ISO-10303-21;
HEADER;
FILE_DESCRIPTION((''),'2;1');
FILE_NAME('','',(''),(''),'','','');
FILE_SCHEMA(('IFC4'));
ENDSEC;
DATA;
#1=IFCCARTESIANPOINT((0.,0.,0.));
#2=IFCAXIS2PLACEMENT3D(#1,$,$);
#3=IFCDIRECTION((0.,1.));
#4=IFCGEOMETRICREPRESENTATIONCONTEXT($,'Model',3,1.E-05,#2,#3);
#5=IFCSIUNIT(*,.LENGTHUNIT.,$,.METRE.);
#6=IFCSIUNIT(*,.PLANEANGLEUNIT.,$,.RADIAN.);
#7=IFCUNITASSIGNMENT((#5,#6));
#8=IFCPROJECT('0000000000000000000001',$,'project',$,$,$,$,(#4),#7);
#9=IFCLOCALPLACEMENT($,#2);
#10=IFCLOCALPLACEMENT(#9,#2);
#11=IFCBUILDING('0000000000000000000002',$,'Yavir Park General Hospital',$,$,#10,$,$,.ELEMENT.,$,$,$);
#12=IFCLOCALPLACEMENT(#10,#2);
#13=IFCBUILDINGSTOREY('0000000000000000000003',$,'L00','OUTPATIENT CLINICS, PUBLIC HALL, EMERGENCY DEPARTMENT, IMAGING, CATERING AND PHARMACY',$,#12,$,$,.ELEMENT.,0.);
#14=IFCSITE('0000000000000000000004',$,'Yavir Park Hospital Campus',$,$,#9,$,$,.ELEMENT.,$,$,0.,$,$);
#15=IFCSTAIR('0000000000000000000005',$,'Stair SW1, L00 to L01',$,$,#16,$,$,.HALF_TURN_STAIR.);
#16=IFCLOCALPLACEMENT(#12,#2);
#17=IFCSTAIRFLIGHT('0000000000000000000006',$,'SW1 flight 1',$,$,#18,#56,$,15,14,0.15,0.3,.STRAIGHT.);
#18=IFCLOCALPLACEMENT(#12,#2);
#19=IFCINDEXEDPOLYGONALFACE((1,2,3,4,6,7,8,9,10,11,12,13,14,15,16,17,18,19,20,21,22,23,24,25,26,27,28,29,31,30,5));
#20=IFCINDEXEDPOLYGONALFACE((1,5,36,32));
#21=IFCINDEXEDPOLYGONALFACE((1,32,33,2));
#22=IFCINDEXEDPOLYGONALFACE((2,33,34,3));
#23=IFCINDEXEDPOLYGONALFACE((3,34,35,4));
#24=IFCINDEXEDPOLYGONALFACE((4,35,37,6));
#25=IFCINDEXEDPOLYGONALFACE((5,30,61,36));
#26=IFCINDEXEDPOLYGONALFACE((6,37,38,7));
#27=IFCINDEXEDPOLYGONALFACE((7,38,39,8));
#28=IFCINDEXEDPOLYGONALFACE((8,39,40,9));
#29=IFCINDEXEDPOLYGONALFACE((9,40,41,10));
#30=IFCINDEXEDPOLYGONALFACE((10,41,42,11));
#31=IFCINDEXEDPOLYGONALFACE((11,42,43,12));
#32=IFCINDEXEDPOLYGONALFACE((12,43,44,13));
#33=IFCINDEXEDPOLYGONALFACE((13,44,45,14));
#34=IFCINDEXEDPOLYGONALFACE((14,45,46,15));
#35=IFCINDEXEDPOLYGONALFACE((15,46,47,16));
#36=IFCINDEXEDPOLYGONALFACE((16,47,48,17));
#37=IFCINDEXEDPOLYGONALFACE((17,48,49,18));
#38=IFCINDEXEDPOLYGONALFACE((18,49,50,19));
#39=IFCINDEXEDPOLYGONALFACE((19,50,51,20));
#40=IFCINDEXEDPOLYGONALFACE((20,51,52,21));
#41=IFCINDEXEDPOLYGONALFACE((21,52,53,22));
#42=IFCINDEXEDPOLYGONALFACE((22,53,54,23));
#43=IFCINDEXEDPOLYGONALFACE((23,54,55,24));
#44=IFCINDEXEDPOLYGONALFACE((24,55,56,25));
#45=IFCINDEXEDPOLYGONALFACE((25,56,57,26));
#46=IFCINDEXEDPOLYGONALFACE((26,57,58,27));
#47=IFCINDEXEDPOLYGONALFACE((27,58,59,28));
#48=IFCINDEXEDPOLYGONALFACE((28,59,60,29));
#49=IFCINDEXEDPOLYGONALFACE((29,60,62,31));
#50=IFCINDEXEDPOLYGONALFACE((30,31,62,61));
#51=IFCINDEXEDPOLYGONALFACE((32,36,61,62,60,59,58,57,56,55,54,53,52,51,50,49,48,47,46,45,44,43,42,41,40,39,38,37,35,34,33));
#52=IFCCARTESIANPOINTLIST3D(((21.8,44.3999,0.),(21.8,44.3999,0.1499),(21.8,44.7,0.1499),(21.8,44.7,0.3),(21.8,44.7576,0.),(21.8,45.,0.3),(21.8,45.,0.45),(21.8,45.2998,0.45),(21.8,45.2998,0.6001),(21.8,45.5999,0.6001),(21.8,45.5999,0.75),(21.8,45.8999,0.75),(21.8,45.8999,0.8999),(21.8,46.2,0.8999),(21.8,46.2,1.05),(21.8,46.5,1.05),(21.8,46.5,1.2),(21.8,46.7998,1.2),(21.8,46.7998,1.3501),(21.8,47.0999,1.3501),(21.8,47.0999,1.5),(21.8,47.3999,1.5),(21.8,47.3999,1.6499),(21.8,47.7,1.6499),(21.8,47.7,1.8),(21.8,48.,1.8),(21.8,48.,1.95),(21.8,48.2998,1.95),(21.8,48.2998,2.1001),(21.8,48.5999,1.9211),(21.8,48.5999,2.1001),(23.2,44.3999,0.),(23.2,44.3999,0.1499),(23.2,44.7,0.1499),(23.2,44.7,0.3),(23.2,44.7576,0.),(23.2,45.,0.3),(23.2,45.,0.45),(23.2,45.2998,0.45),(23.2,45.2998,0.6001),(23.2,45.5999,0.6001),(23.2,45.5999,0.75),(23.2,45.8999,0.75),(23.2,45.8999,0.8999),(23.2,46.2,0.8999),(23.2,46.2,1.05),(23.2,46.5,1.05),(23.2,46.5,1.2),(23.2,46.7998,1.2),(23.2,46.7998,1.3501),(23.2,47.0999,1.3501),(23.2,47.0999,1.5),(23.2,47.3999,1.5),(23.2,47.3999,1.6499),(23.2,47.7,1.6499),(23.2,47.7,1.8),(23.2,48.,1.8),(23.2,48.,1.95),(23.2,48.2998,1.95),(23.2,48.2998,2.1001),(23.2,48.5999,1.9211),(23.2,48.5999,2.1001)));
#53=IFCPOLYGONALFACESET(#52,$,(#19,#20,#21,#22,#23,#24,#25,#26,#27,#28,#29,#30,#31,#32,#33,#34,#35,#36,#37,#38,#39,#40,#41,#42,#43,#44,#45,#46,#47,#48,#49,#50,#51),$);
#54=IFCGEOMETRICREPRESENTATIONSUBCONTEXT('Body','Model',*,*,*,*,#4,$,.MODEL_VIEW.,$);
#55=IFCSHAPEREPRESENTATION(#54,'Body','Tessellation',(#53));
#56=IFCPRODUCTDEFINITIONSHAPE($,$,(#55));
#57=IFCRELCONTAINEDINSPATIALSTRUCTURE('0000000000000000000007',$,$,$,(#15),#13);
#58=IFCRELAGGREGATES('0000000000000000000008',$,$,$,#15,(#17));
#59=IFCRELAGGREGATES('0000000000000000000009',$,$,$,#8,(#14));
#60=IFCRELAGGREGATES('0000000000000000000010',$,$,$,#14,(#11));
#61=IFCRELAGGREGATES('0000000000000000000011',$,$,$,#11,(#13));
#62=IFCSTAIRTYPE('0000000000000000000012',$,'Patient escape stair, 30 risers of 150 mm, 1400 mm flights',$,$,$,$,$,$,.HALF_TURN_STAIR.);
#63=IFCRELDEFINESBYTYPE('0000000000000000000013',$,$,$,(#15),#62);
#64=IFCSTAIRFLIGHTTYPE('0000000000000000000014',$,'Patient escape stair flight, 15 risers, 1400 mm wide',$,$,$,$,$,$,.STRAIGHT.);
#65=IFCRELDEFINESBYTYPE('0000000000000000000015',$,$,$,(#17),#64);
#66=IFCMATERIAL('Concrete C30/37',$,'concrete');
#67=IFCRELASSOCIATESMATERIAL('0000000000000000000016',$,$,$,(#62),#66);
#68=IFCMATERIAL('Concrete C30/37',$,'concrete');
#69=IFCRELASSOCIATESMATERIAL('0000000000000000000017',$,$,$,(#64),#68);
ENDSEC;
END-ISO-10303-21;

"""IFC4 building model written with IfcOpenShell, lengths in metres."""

from ifc_helpers import new_model, si_unit, direction, frame, origin, place, context, subcontext, project, spatial, polyline, outline, extrude, material, type_object, element, aggregate, save


model = new_model("IFC4")

# Units and contexts
model_context = context("Model", 3, precision=1e-05, world=origin(), true_north=direction((0.0, 1.0)))
body_context = subcontext(model_context, "Body", "Model", "MODEL_VIEW")
ifc_project = project(units=[si_unit("LENGTHUNIT", "METRE"), si_unit("PLANEANGLEUNIT", "RADIAN")], contexts=[model_context])

# Site, building, storey
site_placement = place(None, origin())
site = spatial("IfcSite", under=ifc_project, at=site_placement, Name="Yavir Park Hospital Campus", CompositionType="ELEMENT", RefElevation=0.0)
building_placement = place(site_placement, origin())
building = spatial("IfcBuilding", under=site, at=building_placement, Name="Yavir Park General Hospital", CompositionType="ELEMENT")
storey_placement = place(building_placement, origin())
storey = spatial("IfcBuildingStorey", under=building, at=storey_placement, Name="L00", Description="OUTPATIENT CLINICS, PUBLIC HALL, EMERGENCY DEPARTMENT, IMAGING, CATERING AND PHARMACY", CompositionType="ELEMENT", Elevation=0.0)

# Stair, stair flight
ifc_material_1 = material(Name="Concrete C30/37", Category="concrete")
stair_type = type_object("IfcStairType", Name="Patient escape stair, 30 risers of 150 mm, 1400 mm flights", PredefinedType="HALF_TURN_STAIR", material=ifc_material_1)
stair_placement = place(storey_placement, origin())
stair = element("IfcStair", 1, at=stair_placement, inside=storey, type_object=stair_type, Name="Stair SW1, L00 to L01", PredefinedType="HALF_TURN_STAIR")
ifc_material_2 = material(Name="Concrete C30/37", Category="concrete")
stair_flight_type = type_object("IfcStairFlightType", Name="Patient escape stair flight, 15 risers, 1400 mm wide", PredefinedType="STRAIGHT", material=ifc_material_2)
stair_flight_placement = place(storey_placement, frame((22.5, 44.3999, 0.0), z_axis=(0.0, 0.0, 1.0), x_axis=(0.0, 1.0, 0.0)))
stair_flight = element("IfcStairFlight", 2, at=stair_flight_placement, type_object=stair_flight_type, Name="SW1 flight 1", NumberOfRisers=15, NumberOfTreads=14, PredefinedType="STRAIGHT", RiserHeight=0.15, TreadLength=0.3, context=body_context, shape_type="SweptSolid", body=[
    extrude(outline(polyline([(0.0, 0.0), (0.0, 0.1499), (0.3, 0.1499), (0.3, 0.3), (0.6001, 0.3), (0.6001, 0.45), (0.8999, 0.45), (0.8999, 0.6001), (1.2, 0.6001), (1.2, 0.75), (1.5, 0.75), (1.5, 0.8999), (1.8, 0.8999), (1.8, 1.05), (2.1001, 1.05), (2.1001, 1.2), (2.3999, 1.2), (2.3999, 1.3501), (2.7, 1.3501), (2.7, 1.5), (3.0, 1.5), (3.0, 1.6499), (3.3, 1.6499), (3.3, 1.8), (3.6001, 1.8), (3.6001, 1.95), (3.8999, 1.95), (3.8999, 2.1001), (4.2, 2.1001), (4.2, 2.25), (4.2, 1.9211), (0.3577, 0.0), (0.0, 0.0)])), frame((0.0, 0.7, 0.0), z_axis=(0.0, -1.0, 0.0), x_axis=(1.0, 0.0, 0.0)), (0.0, 0.0, 1.0), 1.3999),
])
aggregate(stair, [stair_flight])

save(model, "model.ifc")
